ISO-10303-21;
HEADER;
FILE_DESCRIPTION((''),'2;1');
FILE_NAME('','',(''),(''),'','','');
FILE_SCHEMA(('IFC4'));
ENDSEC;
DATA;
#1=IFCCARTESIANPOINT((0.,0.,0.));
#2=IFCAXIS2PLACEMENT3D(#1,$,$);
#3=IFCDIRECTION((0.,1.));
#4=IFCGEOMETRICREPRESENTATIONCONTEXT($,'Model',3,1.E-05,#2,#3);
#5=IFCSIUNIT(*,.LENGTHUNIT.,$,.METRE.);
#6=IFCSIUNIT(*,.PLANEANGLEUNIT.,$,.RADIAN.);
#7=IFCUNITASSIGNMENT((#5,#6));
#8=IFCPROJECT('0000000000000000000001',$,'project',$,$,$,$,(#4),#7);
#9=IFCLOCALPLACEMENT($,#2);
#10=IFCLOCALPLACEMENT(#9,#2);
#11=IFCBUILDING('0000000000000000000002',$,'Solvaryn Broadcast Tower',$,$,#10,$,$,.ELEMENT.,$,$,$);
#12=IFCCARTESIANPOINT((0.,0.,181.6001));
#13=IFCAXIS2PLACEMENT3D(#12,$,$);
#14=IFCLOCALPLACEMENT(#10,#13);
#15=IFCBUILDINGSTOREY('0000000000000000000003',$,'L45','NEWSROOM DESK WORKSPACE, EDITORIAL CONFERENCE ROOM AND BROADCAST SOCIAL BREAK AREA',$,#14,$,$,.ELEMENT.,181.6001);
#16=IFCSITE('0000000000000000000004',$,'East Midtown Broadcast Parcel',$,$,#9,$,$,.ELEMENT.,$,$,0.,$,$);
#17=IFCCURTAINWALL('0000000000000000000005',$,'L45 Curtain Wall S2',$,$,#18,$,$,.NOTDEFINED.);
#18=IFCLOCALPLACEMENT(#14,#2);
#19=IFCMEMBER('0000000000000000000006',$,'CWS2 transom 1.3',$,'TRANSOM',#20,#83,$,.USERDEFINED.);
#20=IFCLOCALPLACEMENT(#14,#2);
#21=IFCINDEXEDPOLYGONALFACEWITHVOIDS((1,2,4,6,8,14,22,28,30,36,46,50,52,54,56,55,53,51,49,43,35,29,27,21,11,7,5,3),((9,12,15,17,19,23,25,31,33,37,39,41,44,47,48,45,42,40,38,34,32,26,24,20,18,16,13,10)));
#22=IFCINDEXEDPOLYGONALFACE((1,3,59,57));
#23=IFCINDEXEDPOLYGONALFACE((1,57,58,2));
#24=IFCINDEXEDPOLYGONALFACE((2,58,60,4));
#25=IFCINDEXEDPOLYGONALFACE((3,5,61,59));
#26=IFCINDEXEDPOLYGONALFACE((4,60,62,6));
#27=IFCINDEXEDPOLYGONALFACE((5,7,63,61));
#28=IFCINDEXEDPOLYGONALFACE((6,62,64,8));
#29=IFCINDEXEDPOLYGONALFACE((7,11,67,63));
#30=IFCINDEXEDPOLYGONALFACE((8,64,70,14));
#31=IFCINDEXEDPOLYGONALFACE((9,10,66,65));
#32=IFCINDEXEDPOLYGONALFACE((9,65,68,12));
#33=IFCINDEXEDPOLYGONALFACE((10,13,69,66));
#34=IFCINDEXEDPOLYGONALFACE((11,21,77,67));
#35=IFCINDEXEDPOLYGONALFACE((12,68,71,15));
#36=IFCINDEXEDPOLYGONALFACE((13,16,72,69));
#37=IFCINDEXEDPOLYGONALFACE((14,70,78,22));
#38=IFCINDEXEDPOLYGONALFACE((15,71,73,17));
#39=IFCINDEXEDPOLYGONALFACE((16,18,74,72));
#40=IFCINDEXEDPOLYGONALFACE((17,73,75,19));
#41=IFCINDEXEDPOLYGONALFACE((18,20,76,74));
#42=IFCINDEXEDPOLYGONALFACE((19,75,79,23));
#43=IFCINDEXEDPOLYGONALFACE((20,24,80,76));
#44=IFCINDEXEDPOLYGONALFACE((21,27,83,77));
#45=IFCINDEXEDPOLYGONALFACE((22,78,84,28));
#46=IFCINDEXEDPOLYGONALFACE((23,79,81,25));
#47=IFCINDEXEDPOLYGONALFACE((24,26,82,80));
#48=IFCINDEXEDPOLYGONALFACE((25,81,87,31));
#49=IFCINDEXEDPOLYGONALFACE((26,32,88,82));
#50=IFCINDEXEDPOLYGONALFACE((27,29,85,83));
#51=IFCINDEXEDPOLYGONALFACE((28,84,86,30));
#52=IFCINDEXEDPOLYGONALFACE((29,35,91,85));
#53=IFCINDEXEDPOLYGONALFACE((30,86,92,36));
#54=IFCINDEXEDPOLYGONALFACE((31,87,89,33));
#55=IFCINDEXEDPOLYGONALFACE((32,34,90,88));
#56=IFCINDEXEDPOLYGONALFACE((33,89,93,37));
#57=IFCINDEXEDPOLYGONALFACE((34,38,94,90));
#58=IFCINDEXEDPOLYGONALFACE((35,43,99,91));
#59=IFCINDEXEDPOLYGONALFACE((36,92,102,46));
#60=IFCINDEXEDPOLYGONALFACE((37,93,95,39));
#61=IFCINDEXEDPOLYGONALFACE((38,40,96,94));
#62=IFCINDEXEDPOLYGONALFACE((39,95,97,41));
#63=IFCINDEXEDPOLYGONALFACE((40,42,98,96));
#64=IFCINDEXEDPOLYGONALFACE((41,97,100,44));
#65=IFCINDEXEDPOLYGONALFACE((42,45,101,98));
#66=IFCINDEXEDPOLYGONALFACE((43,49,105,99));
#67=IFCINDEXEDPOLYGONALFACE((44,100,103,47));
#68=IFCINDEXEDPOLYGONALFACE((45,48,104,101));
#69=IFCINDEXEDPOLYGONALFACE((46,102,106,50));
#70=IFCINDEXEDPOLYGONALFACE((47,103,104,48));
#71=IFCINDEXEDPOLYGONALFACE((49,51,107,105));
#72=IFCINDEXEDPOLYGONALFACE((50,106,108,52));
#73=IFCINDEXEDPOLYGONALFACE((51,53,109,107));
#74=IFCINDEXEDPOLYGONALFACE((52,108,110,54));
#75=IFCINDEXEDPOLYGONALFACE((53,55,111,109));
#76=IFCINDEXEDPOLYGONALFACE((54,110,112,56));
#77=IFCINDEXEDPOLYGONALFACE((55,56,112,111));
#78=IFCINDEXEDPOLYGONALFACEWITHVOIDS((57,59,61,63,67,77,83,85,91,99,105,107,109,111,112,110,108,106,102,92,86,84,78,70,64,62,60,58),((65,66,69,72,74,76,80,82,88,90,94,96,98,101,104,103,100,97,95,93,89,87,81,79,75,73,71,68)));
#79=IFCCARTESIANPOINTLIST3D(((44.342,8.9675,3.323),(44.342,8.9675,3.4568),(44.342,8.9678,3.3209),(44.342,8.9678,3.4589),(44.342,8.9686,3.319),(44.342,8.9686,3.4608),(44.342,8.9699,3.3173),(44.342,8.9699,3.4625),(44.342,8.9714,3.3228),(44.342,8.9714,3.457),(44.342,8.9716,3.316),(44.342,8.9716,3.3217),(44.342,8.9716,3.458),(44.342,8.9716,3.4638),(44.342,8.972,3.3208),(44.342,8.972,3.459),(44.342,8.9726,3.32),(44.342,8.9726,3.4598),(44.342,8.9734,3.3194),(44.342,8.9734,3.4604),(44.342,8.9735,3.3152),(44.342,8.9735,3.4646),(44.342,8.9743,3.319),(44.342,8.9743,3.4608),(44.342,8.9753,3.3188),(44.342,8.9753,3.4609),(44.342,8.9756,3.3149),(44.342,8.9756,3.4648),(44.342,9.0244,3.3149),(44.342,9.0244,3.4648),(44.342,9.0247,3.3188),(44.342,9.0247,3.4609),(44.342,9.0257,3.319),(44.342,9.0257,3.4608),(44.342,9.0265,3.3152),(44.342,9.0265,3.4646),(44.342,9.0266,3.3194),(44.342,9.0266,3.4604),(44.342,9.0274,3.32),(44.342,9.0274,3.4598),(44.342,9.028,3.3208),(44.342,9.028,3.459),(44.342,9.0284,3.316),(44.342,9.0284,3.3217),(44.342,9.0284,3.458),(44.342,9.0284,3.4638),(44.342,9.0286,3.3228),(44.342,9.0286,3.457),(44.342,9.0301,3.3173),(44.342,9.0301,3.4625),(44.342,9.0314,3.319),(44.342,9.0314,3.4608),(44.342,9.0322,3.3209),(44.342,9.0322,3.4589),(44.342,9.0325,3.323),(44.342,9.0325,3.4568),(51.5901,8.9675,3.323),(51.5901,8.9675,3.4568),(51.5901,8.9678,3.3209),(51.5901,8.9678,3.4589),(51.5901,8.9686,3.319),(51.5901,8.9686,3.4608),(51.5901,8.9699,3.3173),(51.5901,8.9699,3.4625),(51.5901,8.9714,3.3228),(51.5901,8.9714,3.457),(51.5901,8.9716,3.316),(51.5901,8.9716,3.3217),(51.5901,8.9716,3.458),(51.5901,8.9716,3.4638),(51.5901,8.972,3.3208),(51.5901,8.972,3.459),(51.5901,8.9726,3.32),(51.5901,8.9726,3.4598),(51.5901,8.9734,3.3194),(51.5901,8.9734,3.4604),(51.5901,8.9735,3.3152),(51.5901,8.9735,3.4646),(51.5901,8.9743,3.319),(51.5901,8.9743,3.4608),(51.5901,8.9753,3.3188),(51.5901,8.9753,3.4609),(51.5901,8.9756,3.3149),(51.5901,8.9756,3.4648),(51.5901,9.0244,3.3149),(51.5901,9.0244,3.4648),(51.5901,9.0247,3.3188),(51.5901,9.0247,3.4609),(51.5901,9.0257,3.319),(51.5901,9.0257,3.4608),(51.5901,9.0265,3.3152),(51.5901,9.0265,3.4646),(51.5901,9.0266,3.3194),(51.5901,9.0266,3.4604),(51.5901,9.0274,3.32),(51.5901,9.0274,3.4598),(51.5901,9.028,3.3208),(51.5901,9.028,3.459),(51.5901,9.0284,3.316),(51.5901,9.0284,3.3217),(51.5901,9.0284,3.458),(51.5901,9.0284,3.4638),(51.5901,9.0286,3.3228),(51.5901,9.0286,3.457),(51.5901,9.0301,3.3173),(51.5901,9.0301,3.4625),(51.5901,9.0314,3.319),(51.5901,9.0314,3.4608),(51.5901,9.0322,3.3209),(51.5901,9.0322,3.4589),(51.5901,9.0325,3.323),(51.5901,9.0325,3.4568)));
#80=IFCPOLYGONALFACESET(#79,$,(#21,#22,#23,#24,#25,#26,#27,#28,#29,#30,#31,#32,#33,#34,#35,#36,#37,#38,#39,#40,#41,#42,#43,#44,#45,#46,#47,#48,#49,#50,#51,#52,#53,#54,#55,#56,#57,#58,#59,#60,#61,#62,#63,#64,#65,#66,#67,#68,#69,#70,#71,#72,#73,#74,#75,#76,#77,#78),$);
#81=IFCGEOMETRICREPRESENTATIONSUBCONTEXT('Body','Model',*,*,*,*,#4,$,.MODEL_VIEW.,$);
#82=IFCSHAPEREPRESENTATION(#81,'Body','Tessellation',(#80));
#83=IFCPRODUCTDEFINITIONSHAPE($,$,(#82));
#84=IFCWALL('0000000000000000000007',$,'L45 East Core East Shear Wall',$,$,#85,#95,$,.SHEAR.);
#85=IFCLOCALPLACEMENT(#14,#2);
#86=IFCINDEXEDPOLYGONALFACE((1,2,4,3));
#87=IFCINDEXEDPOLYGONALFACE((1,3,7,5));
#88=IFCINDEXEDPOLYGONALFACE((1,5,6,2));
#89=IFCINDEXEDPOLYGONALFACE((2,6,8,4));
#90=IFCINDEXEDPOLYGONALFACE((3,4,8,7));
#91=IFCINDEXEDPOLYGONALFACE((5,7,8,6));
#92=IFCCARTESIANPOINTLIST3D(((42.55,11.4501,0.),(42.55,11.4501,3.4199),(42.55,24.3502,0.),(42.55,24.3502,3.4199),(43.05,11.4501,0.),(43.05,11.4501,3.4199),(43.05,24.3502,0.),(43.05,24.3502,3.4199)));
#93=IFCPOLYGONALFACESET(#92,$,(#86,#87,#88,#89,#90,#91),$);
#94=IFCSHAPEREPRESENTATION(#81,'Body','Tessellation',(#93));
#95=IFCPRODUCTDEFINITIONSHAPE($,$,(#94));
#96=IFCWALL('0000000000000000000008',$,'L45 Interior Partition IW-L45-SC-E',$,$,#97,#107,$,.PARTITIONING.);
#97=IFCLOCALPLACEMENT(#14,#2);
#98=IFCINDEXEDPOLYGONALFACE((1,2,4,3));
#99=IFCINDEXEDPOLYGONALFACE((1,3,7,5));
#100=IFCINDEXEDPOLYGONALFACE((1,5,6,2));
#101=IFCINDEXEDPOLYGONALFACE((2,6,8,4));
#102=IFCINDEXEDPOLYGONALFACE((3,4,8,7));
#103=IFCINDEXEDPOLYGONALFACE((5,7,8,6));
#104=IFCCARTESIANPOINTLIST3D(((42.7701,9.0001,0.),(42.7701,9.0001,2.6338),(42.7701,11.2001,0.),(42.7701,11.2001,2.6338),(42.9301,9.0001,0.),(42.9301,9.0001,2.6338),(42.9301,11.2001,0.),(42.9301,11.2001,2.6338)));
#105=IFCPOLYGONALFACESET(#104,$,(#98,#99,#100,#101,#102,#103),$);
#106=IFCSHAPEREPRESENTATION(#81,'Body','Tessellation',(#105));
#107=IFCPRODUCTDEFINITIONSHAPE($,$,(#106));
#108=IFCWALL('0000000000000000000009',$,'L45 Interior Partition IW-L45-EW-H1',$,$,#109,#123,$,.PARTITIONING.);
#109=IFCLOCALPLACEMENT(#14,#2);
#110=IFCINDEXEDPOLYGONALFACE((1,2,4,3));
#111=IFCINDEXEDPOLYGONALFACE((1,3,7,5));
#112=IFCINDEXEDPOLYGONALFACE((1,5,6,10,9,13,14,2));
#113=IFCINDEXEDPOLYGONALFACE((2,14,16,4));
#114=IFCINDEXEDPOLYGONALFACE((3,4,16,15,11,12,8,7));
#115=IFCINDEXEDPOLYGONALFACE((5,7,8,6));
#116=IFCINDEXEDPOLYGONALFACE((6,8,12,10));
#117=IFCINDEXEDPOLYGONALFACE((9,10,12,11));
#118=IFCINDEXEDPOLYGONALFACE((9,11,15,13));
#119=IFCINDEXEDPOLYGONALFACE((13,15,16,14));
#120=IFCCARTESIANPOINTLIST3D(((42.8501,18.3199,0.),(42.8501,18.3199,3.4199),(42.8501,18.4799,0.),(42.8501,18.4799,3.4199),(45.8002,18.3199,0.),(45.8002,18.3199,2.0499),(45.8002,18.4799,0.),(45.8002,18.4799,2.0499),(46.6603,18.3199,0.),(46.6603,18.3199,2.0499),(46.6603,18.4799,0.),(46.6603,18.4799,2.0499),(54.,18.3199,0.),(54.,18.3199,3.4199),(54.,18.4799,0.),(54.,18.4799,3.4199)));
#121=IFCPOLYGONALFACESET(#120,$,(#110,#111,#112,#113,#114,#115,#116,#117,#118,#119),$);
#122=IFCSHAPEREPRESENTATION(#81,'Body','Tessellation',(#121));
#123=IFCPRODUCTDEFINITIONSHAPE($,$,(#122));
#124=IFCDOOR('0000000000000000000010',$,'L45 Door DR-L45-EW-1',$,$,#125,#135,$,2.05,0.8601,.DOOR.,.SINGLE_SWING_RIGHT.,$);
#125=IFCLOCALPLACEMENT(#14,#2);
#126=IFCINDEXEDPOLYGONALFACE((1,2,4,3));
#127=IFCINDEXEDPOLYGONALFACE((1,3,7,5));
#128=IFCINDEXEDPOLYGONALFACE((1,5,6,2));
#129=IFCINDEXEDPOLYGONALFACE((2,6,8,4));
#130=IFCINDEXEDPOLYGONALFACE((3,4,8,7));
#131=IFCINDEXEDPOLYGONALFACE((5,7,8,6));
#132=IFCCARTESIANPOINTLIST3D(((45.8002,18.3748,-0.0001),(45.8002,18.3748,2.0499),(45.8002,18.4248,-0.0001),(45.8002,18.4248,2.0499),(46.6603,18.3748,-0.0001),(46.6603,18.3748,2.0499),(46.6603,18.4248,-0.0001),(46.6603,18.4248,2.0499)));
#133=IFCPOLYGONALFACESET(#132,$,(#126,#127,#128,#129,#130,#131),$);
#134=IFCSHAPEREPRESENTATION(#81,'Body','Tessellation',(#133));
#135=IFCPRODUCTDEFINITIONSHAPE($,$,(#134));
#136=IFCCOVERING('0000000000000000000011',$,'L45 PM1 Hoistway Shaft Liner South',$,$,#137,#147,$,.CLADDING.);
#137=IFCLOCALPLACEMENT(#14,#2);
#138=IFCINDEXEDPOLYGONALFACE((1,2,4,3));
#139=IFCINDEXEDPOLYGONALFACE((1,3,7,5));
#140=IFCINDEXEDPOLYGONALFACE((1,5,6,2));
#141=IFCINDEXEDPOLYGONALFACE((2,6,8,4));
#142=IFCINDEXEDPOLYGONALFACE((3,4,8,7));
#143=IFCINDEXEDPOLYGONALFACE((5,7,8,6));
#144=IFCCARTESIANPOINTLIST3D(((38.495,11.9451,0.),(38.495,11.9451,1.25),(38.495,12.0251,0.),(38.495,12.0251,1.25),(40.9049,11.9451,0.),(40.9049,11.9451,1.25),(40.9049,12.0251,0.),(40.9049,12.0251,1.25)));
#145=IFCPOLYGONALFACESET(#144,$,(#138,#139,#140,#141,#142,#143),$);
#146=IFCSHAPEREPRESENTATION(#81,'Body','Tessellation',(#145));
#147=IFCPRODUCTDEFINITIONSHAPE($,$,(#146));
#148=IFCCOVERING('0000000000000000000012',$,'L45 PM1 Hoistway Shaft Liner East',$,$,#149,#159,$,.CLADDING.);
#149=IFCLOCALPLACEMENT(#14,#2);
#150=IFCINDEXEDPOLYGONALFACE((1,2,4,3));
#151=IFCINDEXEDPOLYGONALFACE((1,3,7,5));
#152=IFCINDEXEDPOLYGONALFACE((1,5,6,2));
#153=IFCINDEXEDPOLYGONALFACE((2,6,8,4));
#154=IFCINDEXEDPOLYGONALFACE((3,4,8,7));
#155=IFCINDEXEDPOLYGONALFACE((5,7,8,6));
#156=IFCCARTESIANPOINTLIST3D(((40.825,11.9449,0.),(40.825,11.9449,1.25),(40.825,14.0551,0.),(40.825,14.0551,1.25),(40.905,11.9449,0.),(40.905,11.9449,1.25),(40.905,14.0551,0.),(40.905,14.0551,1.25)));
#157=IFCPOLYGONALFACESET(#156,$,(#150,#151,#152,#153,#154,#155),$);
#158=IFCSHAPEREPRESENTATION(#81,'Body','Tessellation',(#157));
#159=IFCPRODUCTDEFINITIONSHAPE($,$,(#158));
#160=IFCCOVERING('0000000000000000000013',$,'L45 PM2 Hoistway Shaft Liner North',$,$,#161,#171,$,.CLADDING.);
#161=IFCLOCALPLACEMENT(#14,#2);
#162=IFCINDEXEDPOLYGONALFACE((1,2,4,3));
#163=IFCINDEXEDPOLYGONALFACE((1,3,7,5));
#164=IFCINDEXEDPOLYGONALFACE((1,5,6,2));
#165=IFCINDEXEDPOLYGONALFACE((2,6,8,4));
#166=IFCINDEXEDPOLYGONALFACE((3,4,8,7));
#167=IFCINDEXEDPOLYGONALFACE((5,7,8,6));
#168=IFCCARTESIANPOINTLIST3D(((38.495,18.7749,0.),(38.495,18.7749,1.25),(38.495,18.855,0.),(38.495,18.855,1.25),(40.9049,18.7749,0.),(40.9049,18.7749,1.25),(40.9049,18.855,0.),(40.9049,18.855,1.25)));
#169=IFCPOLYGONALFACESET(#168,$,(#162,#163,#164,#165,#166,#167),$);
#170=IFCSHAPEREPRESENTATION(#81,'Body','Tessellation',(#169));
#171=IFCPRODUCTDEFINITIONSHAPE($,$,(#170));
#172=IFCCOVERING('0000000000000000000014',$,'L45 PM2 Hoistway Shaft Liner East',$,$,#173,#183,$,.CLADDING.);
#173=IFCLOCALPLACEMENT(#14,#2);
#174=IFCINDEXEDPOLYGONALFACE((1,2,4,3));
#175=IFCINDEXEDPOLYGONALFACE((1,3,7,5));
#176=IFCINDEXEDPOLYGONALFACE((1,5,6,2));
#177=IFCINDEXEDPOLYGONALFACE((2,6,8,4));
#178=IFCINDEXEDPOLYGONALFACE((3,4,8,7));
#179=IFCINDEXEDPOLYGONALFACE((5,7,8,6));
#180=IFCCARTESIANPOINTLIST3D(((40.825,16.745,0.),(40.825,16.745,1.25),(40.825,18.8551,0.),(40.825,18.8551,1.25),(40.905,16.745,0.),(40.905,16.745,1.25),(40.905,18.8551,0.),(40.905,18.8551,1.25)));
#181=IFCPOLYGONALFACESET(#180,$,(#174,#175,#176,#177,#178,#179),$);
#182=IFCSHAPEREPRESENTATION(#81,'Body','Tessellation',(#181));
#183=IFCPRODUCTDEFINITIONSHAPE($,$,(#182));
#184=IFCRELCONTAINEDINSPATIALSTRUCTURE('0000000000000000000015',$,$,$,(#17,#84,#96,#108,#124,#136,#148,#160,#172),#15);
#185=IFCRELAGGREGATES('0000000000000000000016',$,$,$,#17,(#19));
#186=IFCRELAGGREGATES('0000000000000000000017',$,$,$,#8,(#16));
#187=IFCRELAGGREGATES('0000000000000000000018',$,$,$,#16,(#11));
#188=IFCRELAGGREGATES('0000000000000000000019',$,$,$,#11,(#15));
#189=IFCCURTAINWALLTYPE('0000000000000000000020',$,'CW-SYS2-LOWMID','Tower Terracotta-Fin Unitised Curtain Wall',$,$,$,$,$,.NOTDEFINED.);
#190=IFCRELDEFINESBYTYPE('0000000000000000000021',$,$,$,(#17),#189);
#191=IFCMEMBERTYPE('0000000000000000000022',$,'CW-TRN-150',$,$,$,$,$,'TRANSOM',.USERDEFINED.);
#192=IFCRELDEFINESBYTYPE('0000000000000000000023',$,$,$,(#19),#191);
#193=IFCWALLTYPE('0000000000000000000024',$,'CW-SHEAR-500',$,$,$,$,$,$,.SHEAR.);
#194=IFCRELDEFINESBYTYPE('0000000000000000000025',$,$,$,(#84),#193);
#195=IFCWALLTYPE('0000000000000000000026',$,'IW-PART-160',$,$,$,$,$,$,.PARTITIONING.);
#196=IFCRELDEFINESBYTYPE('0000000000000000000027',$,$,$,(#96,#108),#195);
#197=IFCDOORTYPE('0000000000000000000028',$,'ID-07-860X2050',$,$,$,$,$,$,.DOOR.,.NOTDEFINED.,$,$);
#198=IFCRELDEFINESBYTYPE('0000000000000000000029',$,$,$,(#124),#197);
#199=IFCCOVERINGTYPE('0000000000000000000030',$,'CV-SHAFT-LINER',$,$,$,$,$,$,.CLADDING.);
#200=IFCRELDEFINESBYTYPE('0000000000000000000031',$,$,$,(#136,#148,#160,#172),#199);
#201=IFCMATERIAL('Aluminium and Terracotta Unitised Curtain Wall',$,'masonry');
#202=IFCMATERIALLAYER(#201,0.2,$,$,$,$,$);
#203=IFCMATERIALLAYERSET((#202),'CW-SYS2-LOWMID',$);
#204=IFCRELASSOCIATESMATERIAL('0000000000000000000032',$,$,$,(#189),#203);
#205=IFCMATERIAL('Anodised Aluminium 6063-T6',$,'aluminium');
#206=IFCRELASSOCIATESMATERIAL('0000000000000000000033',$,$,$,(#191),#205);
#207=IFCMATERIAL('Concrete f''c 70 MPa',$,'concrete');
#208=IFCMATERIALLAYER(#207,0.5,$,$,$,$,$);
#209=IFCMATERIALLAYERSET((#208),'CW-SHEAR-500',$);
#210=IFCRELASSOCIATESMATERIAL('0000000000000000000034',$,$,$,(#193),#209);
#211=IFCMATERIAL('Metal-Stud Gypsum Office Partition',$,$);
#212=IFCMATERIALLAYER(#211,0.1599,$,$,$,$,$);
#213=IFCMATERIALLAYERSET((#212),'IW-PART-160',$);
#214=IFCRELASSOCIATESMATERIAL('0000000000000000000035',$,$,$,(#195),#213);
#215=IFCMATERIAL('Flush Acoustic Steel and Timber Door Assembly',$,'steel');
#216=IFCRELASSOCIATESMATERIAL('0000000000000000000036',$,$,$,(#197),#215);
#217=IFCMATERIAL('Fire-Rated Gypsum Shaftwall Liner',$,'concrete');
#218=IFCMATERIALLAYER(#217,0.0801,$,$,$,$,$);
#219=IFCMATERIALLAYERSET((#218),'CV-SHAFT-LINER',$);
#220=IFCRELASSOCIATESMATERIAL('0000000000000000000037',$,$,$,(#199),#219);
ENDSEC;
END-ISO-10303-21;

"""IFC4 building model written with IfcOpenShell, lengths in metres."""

from ifc_helpers import new_model, si_unit, direction, frame, frame_2d, origin, origin_2d, place, context, subcontext, project, spatial, rectangle, hollow_rectangle, extrude, material, layer, layer_set, material_profile, profile_set, type_object, element, fill, aggregate, save


model = new_model("IFC4")

# Units and contexts
model_context = context("Model", 3, precision=1e-05, world=origin(), true_north=direction((0.0, 1.0)))
body_context = subcontext(model_context, "Body", "Model", "MODEL_VIEW")
ifc_project = project(units=[si_unit("LENGTHUNIT", "METRE"), si_unit("PLANEANGLEUNIT", "RADIAN")], contexts=[model_context])

# Site, building, storey
site_placement = place(None, origin())
site = spatial("IfcSite", under=ifc_project, at=site_placement, Name="East Midtown Broadcast Parcel", CompositionType="ELEMENT", RefElevation=0.0)
building_placement = place(site_placement, origin())
building = spatial("IfcBuilding", under=site, at=building_placement, Name="Solvaryn Broadcast Tower", CompositionType="ELEMENT")
storey_placement = place(building_placement, frame((0.0, 0.0, 181.6001)))
storey = spatial("IfcBuildingStorey", under=building, at=storey_placement, Name="L45", Description="NEWSROOM DESK WORKSPACE, EDITORIAL CONFERENCE ROOM AND BROADCAST SOCIAL BREAK AREA", CompositionType="ELEMENT", Elevation=181.6001)

# Shared definitions
ifc_material_1 = material(Name="Aluminium and Terracotta Unitised Curtain Wall", Category="masonry")
ifc_layer_1 = layer(ifc_material_1, 0.2)
ifc_layer_set_1 = layer_set([ifc_layer_1], Name="CW-SYS2-LOWMID")
curtain_wall_type = type_object("IfcCurtainWallType", Name="CW-SYS2-LOWMID", Description="Tower Terracotta-Fin Unitised Curtain Wall", PredefinedType="NOTDEFINED", material=ifc_layer_set_1)

# Curtain wall, member
curtain_wall_1_placement = place(storey_placement, origin())
curtain_wall_1 = element("IfcCurtainWall", 1, at=curtain_wall_1_placement, inside=storey, type_object=curtain_wall_type, Name="L45 Curtain Wall S2", PredefinedType="NOTDEFINED")
ifc_material_2 = material(Name="Anodised Aluminium 6063-T6", Category="aluminium")
ifc_material_profile_1 = material_profile(ifc_material_2, hollow_rectangle(XDim=0.0649, YDim=0.1499, WallThickness=0.0039, InnerFilletRadius=0.0039, OuterFilletRadius=0.0081, at=origin_2d()))
ifc_profile_set_1 = profile_set([ifc_material_profile_1], Name="Anodised Aluminium 6063-T6")
member_type_1 = type_object("IfcMemberType", Name="CW-TRN-150", ElementType="TRANSOM", PredefinedType="USERDEFINED", material=ifc_profile_set_1)
member_1_placement = place(storey_placement, frame((44.342, 9.0, 3.3899), z_axis=(1.0, 0.0, 0.0), x_axis=(0.0, 1.0, 0.0)))
member_1 = element("IfcMember", 2, at=member_1_placement, type_object=member_type_1, Name="CWS2 transom 1.3", ObjectType="TRANSOM", PredefinedType="USERDEFINED", context=body_context, shape_type="SweptSolid", body=[
    extrude(hollow_rectangle(XDim=0.0649, YDim=0.1499, WallThickness=0.0039, InnerFilletRadius=0.0039, OuterFilletRadius=0.0081, at=origin_2d()), origin(), (0.0, 0.0, 1.0), 7.248),
])
aggregate(curtain_wall_1, [member_1])

# Walls
ifc_material_3 = material(Name="Concrete f'c 70 MPa", Category="concrete")
ifc_layer_2 = layer(ifc_material_3, 0.5)
ifc_layer_set_2 = layer_set([ifc_layer_2], Name="CW-SHEAR-500")
wall_type_1 = type_object("IfcWallType", Name="CW-SHEAR-500", PredefinedType="SHEAR", material=ifc_layer_set_2)
wall_1_placement = place(storey_placement, frame((42.8, 11.45, 0.0), z_axis=(0.0, 0.0, 1.0), x_axis=(0.0, 1.0, 0.0)))
element("IfcWall", 3, at=wall_1_placement, inside=storey, type_object=wall_type_1, Name="L45 East Core East Shear Wall", PredefinedType="SHEAR", context=body_context, shape_type="SweptSolid", body=[
    extrude(rectangle(XDim=12.9001, YDim=0.5, at=frame_2d((6.4502, 0.0))), origin(), (0.0, 0.0, 1.0), 3.4199),
])
ifc_material_4 = material(Name="Metal-Stud Gypsum Office Partition")
ifc_layer_3 = layer(ifc_material_4, 0.1599)
ifc_layer_set_3 = layer_set([ifc_layer_3], Name="IW-PART-160")
wall_type_2 = type_object("IfcWallType", Name="IW-PART-160", PredefinedType="PARTITIONING", material=ifc_layer_set_3)
wall_2_placement = place(storey_placement, frame((42.8501, 9.0, 0.0), z_axis=(0.0, 0.0, 1.0), x_axis=(0.0, 1.0, 0.0)))
element("IfcWall", 4, at=wall_2_placement, inside=storey, type_object=wall_type_2, Name="L45 Interior Partition IW-L45-SC-E", PredefinedType="PARTITIONING", context=body_context, shape_type="SweptSolid", body=[
    extrude(rectangle(XDim=2.2, YDim=0.1599, at=frame_2d((1.1001, 0.0))), origin(), (0.0, 0.0, 1.0), 2.6338),
])

# Wall, opening, door
wall_3_placement = place(storey_placement, frame((42.8501, 18.3999, 0.0), z_axis=(0.0, 0.0, 1.0), x_axis=(1.0, 0.0, 0.0)))
wall_3 = element("IfcWall", 5, at=wall_3_placement, inside=storey, type_object=wall_type_2, Name="L45 Interior Partition IW-L45-EW-H1", PredefinedType="PARTITIONING", context=body_context, shape_type="SweptSolid", body=[
    extrude(rectangle(XDim=11.1499, YDim=0.1599, at=frame_2d((5.575, 0.0))), origin(), (0.0, 0.0, 1.0), 3.4199),
])
opening_1_placement = place(wall_3_placement, frame((2.95, 0.0, 0.0)))
opening_1 = element("IfcOpeningElement", 6, at=opening_1_placement, cuts=wall_3, PredefinedType="OPENING", context=body_context, shape_type="SweptSolid", body=[
    extrude(rectangle(XDim=0.8601, YDim=2.05, at=frame_2d((0.4302, 1.0249))), frame((0.0, 0.0901, 0.0), z_axis=(0.0, -1.0, 0.0), x_axis=(1.0, 0.0, 0.0)), (0.0, 0.0, 1.0), 0.1799),
])
ifc_material_5 = material(Name="Flush Acoustic Steel and Timber Door Assembly", Category="steel")
door_type_1 = type_object("IfcDoorType", Name="ID-07-860X2050", OperationType="NOTDEFINED", PredefinedType="DOOR", material=ifc_material_5)
door_1_placement = place(opening_1_placement, origin())
door_1 = element("IfcDoor", 7, at=door_1_placement, inside=storey, type_object=door_type_1, Name="L45 Door DR-L45-EW-1", OperationType="SINGLE_SWING_RIGHT", OverallHeight=2.05, OverallWidth=0.8601, PredefinedType="DOOR", context=body_context, shape_type="SweptSolid", body=[
    extrude(rectangle(XDim=0.8601, YDim=2.05, at=frame_2d((0.4302, 1.0249))), frame((0.0, 0.0249, 0.0), z_axis=(0.0, -1.0, 0.0), x_axis=(1.0, 0.0, 0.0)), (0.0, 0.0, 1.0), 0.05),
])
fill(opening_1, door_1)

# Coverings
ifc_material_6 = material(Name="Fire-Rated Gypsum Shaftwall Liner", Category="concrete")
ifc_layer_4 = layer(ifc_material_6, 0.0801)
ifc_layer_set_4 = layer_set([ifc_layer_4], Name="CV-SHAFT-LINER")
covering_type_1 = type_object("IfcCoveringType", Name="CV-SHAFT-LINER", PredefinedType="CLADDING", material=ifc_layer_set_4)
covering_1_placement = place(storey_placement, frame((39.7, 11.9851, 0.0), z_axis=(0.0, 0.0, 1.0), x_axis=(1.0, 0.0, 0.0)))
element("IfcCovering", 8, at=covering_1_placement, inside=storey, type_object=covering_type_1, Name="L45 PM1 Hoistway Shaft Liner South", PredefinedType="CLADDING", context=body_context, shape_type="SweptSolid", body=[
    extrude(rectangle(XDim=2.4099, YDim=0.0801, at=origin_2d()), origin(), (0.0, 0.0, 1.0), 1.25),
])
covering_2_placement = place(storey_placement, frame((40.865, 13.0, 0.0), z_axis=(0.0, 0.0, 1.0), x_axis=(1.0, 0.0, 0.0)))
element("IfcCovering", 9, at=covering_2_placement, inside=storey, type_object=covering_type_1, Name="L45 PM1 Hoistway Shaft Liner East", PredefinedType="CLADDING", context=body_context, shape_type="SweptSolid", body=[
    extrude(rectangle(XDim=0.0801, YDim=2.1101, at=origin_2d()), origin(), (0.0, 0.0, 1.0), 1.25),
])
covering_3_placement = place(storey_placement, frame((39.7, 18.8149, 0.0), z_axis=(0.0, 0.0, 1.0), x_axis=(1.0, 0.0, 0.0)))
element("IfcCovering", 10, at=covering_3_placement, inside=storey, type_object=covering_type_1, Name="L45 PM2 Hoistway Shaft Liner North", PredefinedType="CLADDING", context=body_context, shape_type="SweptSolid", body=[
    extrude(rectangle(XDim=2.4099, YDim=0.0801, at=origin_2d()), origin(), (0.0, 0.0, 1.0), 1.25),
])
covering_4_placement = place(storey_placement, frame((40.865, 17.8, 0.0), z_axis=(0.0, 0.0, 1.0), x_axis=(1.0, 0.0, 0.0)))
element("IfcCovering", 11, at=covering_4_placement, inside=storey, type_object=covering_type_1, Name="L45 PM2 Hoistway Shaft Liner East", PredefinedType="CLADDING", context=body_context, shape_type="SweptSolid", body=[
    extrude(rectangle(XDim=0.0801, YDim=2.1101, at=origin_2d()), origin(), (0.0, 0.0, 1.0), 1.25),
])

save(model, "model.ifc")
